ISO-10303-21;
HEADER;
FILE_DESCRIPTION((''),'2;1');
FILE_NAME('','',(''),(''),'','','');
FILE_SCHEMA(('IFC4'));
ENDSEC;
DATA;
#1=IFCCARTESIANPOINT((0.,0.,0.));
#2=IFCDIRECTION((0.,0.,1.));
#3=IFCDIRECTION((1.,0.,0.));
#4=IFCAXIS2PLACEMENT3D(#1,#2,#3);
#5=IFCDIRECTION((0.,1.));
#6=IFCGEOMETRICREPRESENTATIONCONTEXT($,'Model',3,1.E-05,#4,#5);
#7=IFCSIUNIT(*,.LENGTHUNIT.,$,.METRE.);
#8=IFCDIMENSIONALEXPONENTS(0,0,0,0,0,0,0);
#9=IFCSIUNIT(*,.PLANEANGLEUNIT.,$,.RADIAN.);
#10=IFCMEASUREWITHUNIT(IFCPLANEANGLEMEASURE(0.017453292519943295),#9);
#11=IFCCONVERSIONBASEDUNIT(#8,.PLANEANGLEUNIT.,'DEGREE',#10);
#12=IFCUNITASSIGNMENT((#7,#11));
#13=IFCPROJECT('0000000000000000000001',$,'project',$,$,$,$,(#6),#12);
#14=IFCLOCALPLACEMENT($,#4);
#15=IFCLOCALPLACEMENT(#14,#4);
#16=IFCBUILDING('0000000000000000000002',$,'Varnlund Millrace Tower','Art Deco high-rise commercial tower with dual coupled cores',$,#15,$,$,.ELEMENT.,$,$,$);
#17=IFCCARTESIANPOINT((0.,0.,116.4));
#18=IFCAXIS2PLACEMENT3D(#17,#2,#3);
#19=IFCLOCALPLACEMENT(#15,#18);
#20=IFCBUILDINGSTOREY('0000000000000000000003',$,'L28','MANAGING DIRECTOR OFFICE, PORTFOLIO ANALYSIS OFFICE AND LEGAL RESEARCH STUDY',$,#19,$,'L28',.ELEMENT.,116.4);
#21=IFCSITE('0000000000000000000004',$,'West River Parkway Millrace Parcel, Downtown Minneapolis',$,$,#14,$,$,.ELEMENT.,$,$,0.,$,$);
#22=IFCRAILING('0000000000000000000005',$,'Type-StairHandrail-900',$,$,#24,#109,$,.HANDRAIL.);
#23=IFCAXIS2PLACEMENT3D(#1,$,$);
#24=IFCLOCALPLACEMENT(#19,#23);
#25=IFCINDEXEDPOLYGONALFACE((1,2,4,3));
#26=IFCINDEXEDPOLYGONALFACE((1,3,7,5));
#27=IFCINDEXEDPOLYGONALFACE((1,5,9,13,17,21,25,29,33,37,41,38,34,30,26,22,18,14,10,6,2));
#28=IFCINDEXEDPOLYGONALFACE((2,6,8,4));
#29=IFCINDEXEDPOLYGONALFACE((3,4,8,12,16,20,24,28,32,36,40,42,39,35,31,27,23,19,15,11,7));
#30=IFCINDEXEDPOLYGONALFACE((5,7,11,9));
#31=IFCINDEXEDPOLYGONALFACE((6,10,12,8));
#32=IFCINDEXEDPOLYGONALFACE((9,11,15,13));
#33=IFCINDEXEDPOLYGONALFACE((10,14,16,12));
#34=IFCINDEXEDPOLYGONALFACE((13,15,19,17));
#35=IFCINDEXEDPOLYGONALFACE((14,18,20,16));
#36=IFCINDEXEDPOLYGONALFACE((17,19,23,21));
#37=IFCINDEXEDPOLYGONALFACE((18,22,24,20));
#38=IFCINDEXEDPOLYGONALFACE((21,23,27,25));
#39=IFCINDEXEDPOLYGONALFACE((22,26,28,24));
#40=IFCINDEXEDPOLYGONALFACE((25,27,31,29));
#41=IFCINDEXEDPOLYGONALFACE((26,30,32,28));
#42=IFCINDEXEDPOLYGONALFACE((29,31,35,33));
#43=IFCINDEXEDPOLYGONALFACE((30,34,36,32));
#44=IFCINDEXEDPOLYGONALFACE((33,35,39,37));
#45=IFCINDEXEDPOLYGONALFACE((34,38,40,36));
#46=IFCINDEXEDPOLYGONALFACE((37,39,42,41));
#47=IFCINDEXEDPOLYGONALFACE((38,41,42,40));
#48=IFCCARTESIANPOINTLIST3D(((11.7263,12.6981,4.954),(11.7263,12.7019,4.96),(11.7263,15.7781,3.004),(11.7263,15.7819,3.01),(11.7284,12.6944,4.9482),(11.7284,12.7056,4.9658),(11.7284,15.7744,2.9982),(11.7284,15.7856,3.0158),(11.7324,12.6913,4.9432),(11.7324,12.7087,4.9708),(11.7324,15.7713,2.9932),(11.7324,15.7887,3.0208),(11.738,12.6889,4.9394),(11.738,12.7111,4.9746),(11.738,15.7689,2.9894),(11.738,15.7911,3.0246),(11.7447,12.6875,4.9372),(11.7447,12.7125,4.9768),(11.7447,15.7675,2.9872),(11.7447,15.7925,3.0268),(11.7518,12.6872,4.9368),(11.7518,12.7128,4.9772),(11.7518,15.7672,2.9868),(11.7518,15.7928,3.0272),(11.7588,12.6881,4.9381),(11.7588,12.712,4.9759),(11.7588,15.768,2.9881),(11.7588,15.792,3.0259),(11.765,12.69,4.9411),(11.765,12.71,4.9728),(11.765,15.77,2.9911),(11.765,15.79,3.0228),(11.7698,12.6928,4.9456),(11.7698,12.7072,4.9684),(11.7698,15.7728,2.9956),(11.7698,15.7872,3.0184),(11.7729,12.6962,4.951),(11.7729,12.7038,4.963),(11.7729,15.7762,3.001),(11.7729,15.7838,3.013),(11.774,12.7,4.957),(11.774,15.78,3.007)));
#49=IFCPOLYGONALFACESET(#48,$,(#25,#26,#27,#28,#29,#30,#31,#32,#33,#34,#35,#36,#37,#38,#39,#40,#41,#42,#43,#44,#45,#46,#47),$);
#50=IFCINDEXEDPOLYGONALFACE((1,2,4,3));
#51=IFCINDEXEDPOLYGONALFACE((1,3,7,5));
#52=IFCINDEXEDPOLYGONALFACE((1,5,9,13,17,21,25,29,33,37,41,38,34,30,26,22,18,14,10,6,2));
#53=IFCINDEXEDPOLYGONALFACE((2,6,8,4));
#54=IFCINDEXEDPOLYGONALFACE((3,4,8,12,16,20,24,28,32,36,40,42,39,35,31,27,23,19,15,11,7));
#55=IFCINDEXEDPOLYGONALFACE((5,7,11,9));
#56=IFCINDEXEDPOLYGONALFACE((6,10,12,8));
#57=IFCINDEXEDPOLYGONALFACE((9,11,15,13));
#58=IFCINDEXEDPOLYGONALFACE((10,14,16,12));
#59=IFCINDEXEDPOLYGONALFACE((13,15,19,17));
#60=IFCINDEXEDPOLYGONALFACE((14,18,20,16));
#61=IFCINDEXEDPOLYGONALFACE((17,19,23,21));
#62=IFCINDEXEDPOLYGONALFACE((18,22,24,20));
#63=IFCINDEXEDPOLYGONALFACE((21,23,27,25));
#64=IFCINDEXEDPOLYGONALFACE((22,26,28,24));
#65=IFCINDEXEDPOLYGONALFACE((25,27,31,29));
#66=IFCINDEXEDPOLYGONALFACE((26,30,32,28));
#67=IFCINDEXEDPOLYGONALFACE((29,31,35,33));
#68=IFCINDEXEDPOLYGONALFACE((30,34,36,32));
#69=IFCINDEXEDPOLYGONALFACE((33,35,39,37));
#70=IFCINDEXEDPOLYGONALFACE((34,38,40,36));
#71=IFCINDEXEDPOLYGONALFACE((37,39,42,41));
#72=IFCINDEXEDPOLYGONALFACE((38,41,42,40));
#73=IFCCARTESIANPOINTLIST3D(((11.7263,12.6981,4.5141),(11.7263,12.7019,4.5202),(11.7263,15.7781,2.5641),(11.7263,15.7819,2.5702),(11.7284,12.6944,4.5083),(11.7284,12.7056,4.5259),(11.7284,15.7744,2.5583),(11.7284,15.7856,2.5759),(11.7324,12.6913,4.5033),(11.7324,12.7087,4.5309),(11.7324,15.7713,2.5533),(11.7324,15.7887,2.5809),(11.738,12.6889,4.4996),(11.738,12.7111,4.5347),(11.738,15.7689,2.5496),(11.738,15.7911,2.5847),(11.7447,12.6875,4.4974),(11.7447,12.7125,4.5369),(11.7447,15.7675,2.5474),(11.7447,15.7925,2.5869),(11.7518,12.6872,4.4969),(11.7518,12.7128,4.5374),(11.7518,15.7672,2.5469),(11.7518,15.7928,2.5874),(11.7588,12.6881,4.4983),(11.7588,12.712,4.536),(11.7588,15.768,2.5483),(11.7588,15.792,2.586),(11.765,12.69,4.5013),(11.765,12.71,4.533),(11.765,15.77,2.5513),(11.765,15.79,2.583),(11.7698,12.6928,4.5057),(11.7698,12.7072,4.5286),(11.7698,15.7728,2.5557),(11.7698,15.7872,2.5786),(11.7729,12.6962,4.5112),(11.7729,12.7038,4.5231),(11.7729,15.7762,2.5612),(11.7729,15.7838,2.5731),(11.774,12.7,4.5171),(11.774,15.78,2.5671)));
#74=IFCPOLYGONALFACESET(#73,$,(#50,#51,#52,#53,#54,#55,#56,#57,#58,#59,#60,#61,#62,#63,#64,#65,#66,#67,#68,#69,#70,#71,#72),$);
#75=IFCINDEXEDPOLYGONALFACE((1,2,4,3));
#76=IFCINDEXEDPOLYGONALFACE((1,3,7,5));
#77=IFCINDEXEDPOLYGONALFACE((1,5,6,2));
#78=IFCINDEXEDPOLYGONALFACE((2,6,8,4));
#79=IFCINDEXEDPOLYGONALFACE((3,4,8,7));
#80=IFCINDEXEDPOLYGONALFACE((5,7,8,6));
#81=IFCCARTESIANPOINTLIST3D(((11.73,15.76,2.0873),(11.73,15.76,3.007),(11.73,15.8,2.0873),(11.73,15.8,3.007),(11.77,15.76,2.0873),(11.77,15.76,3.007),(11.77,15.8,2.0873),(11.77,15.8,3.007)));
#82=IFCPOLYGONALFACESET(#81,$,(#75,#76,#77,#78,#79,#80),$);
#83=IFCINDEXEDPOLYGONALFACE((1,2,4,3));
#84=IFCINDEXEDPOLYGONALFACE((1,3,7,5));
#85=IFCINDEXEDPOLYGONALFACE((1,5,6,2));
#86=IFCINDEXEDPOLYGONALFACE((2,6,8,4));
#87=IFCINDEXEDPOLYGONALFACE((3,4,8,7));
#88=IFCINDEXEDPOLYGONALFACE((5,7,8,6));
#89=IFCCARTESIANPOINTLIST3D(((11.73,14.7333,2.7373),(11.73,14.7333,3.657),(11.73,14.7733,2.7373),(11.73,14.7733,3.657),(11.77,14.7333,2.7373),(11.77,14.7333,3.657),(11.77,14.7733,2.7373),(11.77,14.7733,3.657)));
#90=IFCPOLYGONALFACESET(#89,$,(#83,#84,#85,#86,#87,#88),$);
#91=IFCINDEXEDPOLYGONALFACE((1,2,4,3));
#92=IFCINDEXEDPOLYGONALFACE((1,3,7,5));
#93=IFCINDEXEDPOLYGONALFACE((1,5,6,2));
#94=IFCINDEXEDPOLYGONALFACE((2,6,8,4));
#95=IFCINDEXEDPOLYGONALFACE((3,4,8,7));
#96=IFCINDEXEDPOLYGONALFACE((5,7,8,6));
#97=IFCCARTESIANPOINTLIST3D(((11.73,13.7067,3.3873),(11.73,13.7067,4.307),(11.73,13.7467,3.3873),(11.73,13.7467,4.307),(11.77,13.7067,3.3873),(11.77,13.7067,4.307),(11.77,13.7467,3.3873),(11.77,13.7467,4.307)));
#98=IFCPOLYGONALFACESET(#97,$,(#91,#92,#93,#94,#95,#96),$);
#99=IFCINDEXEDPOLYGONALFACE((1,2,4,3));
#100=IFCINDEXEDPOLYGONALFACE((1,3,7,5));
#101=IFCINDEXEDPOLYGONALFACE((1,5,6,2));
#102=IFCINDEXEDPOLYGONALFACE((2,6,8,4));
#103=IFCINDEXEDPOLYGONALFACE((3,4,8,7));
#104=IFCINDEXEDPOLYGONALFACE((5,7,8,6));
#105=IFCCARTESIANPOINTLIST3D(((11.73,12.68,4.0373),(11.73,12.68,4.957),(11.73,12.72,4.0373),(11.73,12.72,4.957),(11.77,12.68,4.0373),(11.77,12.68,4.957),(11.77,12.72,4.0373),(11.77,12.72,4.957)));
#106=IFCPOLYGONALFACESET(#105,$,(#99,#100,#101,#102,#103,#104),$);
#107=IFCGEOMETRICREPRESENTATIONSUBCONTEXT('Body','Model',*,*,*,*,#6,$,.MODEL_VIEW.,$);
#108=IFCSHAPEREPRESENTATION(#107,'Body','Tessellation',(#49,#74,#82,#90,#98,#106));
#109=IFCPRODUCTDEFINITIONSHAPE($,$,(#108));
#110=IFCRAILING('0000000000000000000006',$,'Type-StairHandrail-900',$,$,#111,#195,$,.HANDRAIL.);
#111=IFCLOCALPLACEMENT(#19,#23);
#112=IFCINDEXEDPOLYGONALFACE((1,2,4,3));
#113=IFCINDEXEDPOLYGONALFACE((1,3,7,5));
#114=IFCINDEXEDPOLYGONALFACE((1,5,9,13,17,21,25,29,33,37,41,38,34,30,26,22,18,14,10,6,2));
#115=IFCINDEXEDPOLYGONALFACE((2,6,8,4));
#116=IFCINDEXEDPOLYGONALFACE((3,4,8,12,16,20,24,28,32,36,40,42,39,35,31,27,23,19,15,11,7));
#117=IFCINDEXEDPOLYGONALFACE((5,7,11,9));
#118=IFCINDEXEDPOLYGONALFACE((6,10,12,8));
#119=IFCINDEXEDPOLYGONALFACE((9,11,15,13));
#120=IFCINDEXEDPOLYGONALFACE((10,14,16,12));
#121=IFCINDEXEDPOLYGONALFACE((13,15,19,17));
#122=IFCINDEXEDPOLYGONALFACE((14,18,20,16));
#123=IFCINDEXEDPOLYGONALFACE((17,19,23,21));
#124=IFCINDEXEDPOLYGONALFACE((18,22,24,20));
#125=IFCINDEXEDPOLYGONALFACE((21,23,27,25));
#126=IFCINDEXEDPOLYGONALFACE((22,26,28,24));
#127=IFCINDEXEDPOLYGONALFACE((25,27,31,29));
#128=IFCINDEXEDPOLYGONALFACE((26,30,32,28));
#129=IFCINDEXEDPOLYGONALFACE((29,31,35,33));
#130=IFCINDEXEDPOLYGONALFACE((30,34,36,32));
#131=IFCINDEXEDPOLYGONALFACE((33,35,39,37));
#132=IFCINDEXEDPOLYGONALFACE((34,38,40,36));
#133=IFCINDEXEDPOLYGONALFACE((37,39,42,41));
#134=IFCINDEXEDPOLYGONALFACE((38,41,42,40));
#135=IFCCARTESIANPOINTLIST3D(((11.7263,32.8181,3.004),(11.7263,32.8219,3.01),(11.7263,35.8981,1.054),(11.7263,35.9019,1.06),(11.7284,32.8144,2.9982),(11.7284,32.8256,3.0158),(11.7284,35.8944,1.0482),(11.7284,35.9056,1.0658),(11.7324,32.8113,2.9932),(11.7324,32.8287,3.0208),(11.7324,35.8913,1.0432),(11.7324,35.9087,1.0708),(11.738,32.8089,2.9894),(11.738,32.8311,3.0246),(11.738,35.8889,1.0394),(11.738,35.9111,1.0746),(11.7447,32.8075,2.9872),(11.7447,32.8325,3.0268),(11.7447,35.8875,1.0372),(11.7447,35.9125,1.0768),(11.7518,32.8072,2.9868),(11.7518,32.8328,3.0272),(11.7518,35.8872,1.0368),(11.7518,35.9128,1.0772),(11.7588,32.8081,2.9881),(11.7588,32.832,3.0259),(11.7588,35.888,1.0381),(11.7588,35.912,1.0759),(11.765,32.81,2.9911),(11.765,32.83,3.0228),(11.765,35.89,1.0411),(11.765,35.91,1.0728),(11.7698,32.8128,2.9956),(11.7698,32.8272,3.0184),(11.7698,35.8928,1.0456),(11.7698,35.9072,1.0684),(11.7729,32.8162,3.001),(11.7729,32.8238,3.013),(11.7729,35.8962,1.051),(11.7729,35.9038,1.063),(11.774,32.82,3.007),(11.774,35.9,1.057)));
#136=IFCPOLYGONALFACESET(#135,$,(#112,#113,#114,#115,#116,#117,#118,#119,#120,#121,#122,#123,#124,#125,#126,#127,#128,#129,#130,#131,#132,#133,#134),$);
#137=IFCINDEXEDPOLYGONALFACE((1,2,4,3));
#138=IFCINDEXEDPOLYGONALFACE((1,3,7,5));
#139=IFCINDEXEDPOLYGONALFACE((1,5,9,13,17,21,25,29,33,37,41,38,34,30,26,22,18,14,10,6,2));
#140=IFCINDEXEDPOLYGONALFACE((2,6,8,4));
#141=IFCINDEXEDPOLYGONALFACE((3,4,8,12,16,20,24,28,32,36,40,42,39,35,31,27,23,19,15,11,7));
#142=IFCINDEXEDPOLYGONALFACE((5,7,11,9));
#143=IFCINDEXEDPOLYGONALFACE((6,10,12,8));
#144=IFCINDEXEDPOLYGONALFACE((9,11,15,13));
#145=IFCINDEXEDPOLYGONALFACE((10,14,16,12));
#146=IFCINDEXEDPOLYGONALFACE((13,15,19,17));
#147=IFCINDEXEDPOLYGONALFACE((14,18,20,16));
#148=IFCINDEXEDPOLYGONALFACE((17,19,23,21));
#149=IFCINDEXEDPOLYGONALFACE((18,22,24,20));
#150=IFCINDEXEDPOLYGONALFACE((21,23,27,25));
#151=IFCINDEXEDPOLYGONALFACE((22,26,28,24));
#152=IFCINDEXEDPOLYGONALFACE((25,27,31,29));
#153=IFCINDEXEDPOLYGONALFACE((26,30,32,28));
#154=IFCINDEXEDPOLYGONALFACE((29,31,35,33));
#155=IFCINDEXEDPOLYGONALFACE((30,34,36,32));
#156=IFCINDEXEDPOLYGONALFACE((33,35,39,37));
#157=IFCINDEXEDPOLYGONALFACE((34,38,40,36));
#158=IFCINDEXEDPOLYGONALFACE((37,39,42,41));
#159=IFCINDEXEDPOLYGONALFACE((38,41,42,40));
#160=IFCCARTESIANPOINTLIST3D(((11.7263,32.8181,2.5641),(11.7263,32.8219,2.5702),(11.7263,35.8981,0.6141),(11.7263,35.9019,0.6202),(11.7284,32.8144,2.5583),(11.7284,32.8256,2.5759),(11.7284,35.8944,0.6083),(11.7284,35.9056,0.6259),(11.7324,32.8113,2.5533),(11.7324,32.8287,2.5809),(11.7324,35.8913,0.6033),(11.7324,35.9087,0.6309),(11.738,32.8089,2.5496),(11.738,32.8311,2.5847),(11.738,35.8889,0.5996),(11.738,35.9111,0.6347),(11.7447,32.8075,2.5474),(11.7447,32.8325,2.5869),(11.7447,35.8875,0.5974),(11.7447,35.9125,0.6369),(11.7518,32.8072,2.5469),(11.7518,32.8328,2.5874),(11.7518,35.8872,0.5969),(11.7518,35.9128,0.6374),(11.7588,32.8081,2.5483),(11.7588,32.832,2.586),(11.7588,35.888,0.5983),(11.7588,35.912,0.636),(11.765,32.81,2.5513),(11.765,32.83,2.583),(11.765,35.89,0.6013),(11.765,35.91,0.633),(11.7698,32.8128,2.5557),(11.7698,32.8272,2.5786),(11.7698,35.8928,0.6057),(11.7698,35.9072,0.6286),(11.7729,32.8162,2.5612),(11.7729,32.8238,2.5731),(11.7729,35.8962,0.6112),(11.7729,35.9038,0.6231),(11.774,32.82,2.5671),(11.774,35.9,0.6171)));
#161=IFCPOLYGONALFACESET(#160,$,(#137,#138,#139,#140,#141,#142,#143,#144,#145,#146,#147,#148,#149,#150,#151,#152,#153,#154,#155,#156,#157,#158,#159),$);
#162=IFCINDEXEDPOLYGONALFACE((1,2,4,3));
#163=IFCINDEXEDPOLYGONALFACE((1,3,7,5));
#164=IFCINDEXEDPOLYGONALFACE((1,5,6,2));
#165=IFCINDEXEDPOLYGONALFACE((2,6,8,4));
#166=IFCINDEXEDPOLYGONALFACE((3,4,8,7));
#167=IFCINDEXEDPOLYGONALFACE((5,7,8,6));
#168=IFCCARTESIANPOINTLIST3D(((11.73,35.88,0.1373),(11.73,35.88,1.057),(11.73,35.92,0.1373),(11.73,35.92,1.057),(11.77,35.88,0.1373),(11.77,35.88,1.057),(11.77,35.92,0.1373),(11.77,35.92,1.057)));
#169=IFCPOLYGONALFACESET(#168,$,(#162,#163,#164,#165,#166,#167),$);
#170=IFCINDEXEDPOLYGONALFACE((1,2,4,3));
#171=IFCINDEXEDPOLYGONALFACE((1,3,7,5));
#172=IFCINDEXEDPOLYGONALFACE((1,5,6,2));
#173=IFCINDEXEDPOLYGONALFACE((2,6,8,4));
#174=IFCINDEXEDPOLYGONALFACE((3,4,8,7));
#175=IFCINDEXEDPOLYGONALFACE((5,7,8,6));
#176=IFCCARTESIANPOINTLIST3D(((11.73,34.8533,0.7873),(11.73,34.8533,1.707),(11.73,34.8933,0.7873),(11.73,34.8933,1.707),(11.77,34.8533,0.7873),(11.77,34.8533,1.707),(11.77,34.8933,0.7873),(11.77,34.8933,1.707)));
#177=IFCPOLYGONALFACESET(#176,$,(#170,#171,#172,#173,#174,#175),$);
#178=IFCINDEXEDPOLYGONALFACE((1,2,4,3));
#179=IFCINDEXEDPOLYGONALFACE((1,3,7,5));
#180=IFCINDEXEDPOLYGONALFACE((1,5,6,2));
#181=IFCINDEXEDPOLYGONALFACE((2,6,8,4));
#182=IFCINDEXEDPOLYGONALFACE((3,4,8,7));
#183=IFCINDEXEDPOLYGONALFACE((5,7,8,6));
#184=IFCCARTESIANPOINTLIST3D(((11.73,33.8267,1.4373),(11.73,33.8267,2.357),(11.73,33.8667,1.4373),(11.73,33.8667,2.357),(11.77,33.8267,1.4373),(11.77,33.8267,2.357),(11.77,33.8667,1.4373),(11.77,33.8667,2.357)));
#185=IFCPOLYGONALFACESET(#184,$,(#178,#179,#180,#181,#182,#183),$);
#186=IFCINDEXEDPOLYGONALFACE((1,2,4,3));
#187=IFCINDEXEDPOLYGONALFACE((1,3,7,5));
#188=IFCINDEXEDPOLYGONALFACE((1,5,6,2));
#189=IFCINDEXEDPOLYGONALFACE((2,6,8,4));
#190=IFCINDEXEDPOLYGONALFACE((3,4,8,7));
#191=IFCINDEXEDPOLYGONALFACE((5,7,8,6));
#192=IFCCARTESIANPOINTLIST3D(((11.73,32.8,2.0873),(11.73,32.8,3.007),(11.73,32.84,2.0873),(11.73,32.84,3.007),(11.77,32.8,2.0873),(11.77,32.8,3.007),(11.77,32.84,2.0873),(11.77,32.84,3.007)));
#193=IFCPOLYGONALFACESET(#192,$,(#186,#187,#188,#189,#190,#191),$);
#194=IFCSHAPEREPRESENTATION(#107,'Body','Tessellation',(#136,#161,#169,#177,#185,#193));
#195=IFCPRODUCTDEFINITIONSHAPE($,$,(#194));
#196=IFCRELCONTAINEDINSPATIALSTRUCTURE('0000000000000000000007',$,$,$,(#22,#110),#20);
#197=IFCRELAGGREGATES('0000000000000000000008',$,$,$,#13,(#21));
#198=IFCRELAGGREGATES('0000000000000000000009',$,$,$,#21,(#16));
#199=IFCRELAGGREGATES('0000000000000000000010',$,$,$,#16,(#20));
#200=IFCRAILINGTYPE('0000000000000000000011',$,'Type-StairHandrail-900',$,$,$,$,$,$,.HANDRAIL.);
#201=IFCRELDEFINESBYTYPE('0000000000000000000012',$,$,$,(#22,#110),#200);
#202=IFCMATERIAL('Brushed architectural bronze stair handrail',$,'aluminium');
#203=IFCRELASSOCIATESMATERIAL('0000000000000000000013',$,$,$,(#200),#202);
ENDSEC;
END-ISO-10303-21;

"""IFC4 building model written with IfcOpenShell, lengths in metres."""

from ifc_helpers import new_model, entity, si_unit, converted_unit, direction, frame, origin_with_axes, origin_2d_with_axis, place, context, subcontext, project, spatial, rectangle, circle, extrude, material, type_object, element, save


model = new_model("IFC4")

# Units and contexts
model_context = context("Model", 3, precision=1e-05, world=origin_with_axes(), true_north=direction((0.0, 1.0)))
body_context = subcontext(model_context, "Body", "Model", "MODEL_VIEW")
ifc_project = project(units=[si_unit("LENGTHUNIT", "METRE"), converted_unit("PLANEANGLEUNIT", "DEGREE", entity("IfcPlaneAngleMeasure", 0.017453292519943295), si_unit("PLANEANGLEUNIT", "RADIAN"), dimensions=[0, 0, 0, 0, 0, 0, 0])], contexts=[model_context])

# Site, building, storey
site_placement = place(None, origin_with_axes())
site = spatial("IfcSite", under=ifc_project, at=site_placement, Name="West River Parkway Millrace Parcel, Downtown Minneapolis", CompositionType="ELEMENT", RefElevation=0.0)
building_placement = place(site_placement, origin_with_axes())
building = spatial("IfcBuilding", under=site, at=building_placement, Name="Varnlund Millrace Tower", Description="Art Deco high-rise commercial tower with dual coupled cores", CompositionType="ELEMENT")
storey_placement = place(building_placement, frame((0.0, 0.0, 116.4), z_axis=(0.0, 0.0, 1.0), x_axis=(1.0, 0.0, 0.0)))
storey = spatial("IfcBuildingStorey", under=building, at=storey_placement, Name="L28", Description="MANAGING DIRECTOR OFFICE, PORTFOLIO ANALYSIS OFFICE AND LEGAL RESEARCH STUDY", LongName="L28", CompositionType="ELEMENT", Elevation=116.4)

# Railings
ifc_material_1 = material(Name="Brushed architectural bronze stair handrail", Category="aluminium")
railing_type_1 = type_object("IfcRailingType", Name="Type-StairHandrail-900", PredefinedType="HANDRAIL", material=ifc_material_1)
railing_1_placement = place(storey_placement, frame((0.0, 0.0, -116.4), z_axis=(0.0, 0.0, 1.0), x_axis=(1.0, 0.0, 0.0)))
element("IfcRailing", 1, at=railing_1_placement, inside=storey, type_object=railing_type_1, Name="Type-StairHandrail-900", PredefinedType="HANDRAIL", context=body_context, shape_type="SweptSolid", body=[
    extrude(circle(Radius=0.024, at=origin_2d_with_axis()), frame((11.75, 15.78, 119.407), z_axis=(0.0, -0.844902, 0.534922), x_axis=(1.0, 0.0, 0.0)), (0.0, 0.0, 1.0), 3.6454),
    extrude(circle(Radius=0.024, at=origin_2d_with_axis()), frame((11.75, 15.78, 118.9671), z_axis=(0.0, -0.844902, 0.534922), x_axis=(1.0, 0.0, 0.0)), (0.0, 0.0, 1.0), 3.6454),
    extrude(rectangle(XDim=0.04, YDim=0.04, at=origin_2d_with_axis()), frame((11.75, 15.78, 118.4873), z_axis=(0.0, 0.0, 1.0), x_axis=(1.0, 0.0, 0.0)), (0.0, 0.0, 1.0), 0.9197),
    extrude(rectangle(XDim=0.04, YDim=0.04, at=origin_2d_with_axis()), frame((11.75, 14.7533, 119.1373), z_axis=(0.0, 0.0, 1.0), x_axis=(1.0, 0.0, 0.0)), (0.0, 0.0, 1.0), 0.9197),
    extrude(rectangle(XDim=0.04, YDim=0.04, at=origin_2d_with_axis()), frame((11.75, 13.7267, 119.7873), z_axis=(0.0, 0.0, 1.0), x_axis=(1.0, 0.0, 0.0)), (0.0, 0.0, 1.0), 0.9197),
    extrude(rectangle(XDim=0.04, YDim=0.04, at=origin_2d_with_axis()), frame((11.75, 12.7, 120.4373), z_axis=(0.0, 0.0, 1.0), x_axis=(1.0, 0.0, 0.0)), (0.0, 0.0, 1.0), 0.9197),
])
railing_2_placement = place(storey_placement, frame((0.0, 0.0, -116.4), z_axis=(0.0, 0.0, 1.0), x_axis=(1.0, 0.0, 0.0)))
element("IfcRailing", 2, at=railing_2_placement, inside=storey, type_object=railing_type_1, Name="Type-StairHandrail-900", PredefinedType="HANDRAIL", context=body_context, shape_type="SweptSolid", body=[
    extrude(circle(Radius=0.024, at=origin_2d_with_axis()), frame((11.75, 35.9, 117.457), z_axis=(0.0, -0.844902, 0.534922), x_axis=(1.0, 0.0, 0.0)), (0.0, 0.0, 1.0), 3.6454),
    extrude(circle(Radius=0.024, at=origin_2d_with_axis()), frame((11.75, 35.9, 117.0171), z_axis=(0.0, -0.844902, 0.534922), x_axis=(1.0, 0.0, 0.0)), (0.0, 0.0, 1.0), 3.6454),
    extrude(rectangle(XDim=0.04, YDim=0.04, at=origin_2d_with_axis()), frame((11.75, 35.9, 116.5373), z_axis=(0.0, 0.0, 1.0), x_axis=(1.0, 0.0, 0.0)), (0.0, 0.0, 1.0), 0.9197),
    extrude(rectangle(XDim=0.04, YDim=0.04, at=origin_2d_with_axis()), frame((11.75, 34.8733, 117.1873), z_axis=(0.0, 0.0, 1.0), x_axis=(1.0, 0.0, 0.0)), (0.0, 0.0, 1.0), 0.9197),
    extrude(rectangle(XDim=0.04, YDim=0.04, at=origin_2d_with_axis()), frame((11.75, 33.8467, 117.8373), z_axis=(0.0, 0.0, 1.0), x_axis=(1.0, 0.0, 0.0)), (0.0, 0.0, 1.0), 0.9197),
    extrude(rectangle(XDim=0.04, YDim=0.04, at=origin_2d_with_axis()), frame((11.75, 32.82, 118.4873), z_axis=(0.0, 0.0, 1.0), x_axis=(1.0, 0.0, 0.0)), (0.0, 0.0, 1.0), 0.9197),
])

save(model, "model.ifc")
